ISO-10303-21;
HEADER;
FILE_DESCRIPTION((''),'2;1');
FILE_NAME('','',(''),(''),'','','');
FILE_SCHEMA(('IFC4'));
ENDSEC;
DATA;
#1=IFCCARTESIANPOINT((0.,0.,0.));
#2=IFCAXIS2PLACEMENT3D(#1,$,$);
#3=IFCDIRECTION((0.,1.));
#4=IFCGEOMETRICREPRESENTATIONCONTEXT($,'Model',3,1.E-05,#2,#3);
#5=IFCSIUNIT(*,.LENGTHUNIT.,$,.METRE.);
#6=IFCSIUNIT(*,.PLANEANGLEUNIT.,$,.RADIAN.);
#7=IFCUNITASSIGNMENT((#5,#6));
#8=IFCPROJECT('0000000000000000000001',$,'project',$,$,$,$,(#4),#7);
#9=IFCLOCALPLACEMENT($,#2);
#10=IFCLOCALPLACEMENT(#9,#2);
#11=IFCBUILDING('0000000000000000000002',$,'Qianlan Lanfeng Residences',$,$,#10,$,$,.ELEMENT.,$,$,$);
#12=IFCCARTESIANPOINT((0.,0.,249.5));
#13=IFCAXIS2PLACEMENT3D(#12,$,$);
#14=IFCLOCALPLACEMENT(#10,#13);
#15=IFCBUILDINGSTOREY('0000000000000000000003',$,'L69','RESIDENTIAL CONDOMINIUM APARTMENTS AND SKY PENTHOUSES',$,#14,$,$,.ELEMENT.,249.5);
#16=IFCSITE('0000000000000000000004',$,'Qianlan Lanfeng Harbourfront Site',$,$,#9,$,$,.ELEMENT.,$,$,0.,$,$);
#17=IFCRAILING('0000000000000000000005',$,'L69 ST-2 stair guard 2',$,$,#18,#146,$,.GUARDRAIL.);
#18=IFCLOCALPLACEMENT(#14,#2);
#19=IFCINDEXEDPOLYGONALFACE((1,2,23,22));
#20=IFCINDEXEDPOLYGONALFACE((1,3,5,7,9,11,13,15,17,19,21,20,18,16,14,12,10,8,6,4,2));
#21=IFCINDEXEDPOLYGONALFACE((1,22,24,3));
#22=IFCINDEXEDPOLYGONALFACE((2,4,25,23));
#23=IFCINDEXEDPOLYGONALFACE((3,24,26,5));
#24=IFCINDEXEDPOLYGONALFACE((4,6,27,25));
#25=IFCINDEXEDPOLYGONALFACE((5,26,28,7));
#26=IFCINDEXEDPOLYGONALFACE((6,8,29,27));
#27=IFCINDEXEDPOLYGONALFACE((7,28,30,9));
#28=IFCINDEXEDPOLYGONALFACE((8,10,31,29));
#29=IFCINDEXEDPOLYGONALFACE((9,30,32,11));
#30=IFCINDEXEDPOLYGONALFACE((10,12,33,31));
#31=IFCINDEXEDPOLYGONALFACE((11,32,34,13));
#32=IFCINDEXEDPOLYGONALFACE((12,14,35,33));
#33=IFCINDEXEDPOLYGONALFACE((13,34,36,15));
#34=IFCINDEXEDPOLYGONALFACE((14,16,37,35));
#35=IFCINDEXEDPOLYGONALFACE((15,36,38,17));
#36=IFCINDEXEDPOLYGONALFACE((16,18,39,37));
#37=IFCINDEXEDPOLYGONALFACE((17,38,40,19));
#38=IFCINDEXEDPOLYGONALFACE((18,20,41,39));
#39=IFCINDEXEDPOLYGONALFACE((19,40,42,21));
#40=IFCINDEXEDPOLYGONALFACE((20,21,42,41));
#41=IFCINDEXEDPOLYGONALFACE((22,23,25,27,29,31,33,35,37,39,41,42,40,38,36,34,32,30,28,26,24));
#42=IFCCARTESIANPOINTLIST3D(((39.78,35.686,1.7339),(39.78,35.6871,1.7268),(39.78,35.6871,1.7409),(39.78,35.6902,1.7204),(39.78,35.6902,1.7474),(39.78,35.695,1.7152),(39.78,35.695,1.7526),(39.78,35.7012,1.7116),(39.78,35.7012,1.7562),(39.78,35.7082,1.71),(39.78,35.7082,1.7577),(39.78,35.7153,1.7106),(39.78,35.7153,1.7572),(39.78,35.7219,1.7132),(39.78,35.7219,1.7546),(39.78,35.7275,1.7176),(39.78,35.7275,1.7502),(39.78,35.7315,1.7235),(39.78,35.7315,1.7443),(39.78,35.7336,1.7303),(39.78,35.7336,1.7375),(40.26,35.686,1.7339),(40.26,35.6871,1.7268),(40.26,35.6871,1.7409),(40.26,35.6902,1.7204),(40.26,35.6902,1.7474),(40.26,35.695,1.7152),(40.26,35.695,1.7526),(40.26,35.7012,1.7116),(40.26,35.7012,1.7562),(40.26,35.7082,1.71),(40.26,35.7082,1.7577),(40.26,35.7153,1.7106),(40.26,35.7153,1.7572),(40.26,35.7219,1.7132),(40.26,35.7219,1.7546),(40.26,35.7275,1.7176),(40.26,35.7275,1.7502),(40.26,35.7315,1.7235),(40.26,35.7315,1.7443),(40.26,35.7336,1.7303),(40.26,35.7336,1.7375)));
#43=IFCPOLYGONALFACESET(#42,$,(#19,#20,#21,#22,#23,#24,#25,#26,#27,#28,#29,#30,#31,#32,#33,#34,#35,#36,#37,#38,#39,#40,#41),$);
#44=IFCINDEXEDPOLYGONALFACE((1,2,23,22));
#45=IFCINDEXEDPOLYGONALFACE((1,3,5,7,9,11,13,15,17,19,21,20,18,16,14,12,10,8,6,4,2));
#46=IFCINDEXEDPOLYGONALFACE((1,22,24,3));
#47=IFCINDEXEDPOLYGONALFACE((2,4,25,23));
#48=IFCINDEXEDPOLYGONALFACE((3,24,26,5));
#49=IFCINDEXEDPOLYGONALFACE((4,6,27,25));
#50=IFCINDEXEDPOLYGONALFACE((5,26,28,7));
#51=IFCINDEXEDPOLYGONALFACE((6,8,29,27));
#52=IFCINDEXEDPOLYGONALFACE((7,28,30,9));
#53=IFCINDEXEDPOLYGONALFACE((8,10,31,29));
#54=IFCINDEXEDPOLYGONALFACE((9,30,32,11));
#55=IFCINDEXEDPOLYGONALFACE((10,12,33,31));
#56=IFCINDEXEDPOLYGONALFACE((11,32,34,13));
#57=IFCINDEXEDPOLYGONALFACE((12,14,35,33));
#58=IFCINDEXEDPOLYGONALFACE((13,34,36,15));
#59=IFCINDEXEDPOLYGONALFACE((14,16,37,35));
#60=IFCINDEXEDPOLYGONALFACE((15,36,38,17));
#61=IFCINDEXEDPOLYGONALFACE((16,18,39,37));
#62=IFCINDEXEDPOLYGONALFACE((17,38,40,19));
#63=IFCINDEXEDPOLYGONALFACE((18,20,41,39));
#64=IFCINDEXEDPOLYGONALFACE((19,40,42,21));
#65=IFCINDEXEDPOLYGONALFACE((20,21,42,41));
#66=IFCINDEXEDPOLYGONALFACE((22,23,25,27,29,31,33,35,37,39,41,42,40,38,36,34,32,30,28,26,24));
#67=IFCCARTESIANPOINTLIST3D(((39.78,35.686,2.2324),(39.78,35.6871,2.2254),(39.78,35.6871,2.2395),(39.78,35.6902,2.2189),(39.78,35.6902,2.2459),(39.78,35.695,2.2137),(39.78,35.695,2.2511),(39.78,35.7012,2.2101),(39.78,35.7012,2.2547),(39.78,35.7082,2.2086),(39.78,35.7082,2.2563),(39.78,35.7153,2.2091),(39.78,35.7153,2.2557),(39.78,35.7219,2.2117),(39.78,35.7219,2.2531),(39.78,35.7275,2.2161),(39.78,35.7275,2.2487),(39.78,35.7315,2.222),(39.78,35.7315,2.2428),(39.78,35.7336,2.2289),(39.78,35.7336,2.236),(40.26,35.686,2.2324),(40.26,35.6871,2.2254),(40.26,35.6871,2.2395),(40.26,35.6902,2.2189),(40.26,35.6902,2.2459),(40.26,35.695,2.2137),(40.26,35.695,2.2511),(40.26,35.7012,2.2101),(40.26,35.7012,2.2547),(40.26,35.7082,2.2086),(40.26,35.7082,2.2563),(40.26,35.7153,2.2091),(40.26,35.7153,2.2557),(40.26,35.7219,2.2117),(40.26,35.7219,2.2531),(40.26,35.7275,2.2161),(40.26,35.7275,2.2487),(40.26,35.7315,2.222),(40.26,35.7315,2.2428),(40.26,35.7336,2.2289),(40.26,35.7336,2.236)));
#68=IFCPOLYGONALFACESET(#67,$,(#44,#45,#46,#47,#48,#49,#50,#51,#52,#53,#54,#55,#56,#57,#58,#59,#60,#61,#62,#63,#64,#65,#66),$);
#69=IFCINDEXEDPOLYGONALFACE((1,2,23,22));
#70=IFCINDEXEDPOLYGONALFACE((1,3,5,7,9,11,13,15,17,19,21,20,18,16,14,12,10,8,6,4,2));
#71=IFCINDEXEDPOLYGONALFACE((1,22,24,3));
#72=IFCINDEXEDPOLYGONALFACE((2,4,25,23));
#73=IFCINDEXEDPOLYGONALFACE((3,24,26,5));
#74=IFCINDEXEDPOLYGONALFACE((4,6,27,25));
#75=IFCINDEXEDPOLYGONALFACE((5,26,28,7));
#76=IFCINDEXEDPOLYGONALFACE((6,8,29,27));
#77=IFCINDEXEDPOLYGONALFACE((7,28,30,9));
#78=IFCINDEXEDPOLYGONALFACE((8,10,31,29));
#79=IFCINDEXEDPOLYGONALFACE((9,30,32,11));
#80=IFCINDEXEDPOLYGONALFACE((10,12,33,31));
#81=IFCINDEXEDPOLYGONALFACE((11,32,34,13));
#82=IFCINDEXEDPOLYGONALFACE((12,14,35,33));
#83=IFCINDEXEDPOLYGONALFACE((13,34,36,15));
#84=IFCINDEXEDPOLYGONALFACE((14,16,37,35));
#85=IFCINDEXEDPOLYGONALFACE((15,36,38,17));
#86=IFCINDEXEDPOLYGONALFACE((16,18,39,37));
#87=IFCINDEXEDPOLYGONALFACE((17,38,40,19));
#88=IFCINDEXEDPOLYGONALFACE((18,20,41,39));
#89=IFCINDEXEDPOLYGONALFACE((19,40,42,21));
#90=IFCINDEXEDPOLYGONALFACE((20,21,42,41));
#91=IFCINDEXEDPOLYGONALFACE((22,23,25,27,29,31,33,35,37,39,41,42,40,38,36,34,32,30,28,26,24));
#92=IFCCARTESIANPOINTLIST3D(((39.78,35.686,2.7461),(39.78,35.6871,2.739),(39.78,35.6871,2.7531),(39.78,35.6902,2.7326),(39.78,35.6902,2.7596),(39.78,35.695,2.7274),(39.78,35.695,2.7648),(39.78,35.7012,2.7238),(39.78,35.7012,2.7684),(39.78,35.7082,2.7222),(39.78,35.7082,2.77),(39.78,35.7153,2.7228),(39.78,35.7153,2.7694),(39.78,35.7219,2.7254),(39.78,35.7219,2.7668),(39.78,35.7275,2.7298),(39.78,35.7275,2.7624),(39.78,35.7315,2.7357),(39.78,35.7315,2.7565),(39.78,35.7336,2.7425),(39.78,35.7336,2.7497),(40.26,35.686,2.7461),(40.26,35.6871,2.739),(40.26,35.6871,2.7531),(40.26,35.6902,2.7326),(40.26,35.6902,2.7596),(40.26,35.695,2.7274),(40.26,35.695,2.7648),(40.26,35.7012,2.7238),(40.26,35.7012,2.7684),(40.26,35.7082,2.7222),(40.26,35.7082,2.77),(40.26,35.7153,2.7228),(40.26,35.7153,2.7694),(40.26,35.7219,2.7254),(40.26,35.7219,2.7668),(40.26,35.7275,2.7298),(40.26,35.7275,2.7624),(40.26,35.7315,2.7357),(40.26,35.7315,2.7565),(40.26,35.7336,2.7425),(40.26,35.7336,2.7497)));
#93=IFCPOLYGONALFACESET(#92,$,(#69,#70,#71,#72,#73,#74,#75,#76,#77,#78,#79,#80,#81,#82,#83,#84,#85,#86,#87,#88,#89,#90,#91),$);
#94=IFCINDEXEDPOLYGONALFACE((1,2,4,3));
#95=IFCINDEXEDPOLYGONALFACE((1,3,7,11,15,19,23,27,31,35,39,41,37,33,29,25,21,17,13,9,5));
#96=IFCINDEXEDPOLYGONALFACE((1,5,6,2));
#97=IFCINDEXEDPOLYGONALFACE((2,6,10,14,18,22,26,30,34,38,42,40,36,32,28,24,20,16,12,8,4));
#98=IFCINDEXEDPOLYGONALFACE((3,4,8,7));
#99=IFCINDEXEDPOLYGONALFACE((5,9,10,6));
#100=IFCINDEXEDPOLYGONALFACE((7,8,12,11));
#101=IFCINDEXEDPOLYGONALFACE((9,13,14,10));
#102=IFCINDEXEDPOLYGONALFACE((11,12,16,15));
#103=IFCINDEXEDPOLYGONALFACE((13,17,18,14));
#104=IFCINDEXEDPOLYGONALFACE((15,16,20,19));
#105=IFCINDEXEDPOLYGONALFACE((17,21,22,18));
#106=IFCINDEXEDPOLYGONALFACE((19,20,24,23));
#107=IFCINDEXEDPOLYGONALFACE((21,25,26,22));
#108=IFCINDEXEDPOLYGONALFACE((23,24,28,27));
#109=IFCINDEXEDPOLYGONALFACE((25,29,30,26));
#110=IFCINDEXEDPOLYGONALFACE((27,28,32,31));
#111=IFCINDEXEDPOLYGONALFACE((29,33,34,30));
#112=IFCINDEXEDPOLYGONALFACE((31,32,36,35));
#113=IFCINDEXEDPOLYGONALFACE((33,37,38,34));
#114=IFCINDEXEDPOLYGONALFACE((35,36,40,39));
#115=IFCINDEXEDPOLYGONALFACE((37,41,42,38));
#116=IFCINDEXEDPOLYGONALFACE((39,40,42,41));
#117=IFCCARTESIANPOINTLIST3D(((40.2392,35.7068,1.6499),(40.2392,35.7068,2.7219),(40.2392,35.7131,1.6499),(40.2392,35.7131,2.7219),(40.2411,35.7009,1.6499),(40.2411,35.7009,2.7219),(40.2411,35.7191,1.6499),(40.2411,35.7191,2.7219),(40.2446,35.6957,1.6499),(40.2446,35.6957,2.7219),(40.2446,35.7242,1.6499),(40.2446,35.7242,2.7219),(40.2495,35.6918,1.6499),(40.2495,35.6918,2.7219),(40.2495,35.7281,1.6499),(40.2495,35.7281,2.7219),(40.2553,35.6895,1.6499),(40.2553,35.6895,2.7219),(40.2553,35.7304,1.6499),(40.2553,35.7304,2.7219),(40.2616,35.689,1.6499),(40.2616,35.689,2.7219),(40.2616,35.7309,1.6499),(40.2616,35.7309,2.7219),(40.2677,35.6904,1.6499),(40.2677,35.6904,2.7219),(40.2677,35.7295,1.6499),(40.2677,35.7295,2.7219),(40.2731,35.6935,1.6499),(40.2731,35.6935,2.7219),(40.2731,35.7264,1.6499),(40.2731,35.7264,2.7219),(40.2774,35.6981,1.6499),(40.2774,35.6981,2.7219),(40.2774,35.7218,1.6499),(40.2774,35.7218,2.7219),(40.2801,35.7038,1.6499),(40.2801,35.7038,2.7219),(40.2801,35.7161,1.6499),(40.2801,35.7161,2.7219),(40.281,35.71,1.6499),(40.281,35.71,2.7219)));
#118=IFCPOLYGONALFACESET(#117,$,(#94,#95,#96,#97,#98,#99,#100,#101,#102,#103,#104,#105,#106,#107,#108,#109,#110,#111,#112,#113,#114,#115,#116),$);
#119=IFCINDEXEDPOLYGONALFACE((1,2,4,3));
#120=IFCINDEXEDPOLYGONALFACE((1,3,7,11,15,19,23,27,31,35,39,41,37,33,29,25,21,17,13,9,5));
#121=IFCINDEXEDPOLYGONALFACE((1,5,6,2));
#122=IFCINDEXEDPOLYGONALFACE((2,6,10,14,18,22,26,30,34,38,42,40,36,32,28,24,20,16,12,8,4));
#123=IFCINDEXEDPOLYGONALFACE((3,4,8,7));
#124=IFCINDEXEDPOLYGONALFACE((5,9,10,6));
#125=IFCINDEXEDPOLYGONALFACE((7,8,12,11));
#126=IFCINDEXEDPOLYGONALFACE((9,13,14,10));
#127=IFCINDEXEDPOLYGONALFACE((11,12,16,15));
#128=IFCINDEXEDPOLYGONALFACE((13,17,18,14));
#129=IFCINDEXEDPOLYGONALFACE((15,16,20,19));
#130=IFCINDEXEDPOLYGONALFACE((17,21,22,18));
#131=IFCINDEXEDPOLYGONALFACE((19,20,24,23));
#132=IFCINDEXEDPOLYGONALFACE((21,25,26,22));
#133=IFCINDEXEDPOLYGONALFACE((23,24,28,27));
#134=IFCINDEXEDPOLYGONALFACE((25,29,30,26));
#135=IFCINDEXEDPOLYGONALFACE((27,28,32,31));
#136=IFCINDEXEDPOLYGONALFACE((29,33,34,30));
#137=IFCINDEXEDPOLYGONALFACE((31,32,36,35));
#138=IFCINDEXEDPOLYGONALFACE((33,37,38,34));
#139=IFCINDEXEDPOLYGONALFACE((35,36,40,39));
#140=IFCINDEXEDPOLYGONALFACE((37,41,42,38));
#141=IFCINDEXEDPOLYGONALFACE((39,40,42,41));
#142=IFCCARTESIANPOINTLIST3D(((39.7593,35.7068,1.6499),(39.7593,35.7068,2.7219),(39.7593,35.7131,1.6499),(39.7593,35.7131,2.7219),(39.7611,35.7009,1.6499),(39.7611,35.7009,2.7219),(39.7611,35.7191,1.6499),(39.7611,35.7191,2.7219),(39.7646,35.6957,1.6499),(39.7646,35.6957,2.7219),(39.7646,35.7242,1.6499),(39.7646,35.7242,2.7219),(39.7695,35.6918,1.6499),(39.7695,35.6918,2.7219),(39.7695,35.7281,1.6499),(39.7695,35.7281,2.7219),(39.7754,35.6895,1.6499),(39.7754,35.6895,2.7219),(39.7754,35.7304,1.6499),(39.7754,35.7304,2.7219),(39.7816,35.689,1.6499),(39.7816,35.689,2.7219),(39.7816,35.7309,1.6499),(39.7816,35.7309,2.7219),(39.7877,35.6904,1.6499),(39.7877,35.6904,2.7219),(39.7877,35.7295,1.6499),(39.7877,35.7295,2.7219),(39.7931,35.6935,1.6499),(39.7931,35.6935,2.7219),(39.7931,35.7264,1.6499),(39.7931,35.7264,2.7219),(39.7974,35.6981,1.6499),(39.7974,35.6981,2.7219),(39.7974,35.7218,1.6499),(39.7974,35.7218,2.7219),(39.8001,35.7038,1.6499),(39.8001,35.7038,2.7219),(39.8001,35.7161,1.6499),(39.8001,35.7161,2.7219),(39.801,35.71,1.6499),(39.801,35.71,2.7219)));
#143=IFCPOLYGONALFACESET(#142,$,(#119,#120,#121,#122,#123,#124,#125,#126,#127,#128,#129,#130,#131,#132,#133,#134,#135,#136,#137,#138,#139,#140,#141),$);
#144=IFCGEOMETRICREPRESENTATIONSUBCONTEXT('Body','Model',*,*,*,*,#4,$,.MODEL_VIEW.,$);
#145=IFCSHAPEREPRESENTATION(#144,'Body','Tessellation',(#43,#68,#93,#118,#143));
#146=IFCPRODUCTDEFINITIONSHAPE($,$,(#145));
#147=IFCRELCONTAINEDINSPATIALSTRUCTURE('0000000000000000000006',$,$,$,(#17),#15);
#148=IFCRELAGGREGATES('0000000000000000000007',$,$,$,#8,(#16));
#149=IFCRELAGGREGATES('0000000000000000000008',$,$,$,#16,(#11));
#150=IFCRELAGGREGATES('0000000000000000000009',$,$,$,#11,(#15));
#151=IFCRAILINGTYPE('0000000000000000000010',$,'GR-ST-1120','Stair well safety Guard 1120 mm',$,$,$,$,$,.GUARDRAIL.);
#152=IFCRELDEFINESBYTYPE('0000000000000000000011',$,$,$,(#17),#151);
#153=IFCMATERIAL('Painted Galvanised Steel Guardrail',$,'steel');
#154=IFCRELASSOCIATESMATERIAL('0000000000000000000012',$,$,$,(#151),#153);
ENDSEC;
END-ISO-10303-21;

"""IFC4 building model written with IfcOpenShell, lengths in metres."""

from ifc_helpers import new_model, si_unit, direction, frame, origin, origin_2d, place, context, subcontext, project, spatial, circle, extrude, material, type_object, element, save


model = new_model("IFC4")

# Units and contexts
model_context = context("Model", 3, precision=1e-05, world=origin(), true_north=direction((0.0, 1.0)))
body_context = subcontext(model_context, "Body", "Model", "MODEL_VIEW")
ifc_project = project(units=[si_unit("LENGTHUNIT", "METRE"), si_unit("PLANEANGLEUNIT", "RADIAN")], contexts=[model_context])

# Site, building, storey
site_placement = place(None, origin())
site = spatial("IfcSite", under=ifc_project, at=site_placement, Name="Qianlan Lanfeng Harbourfront Site", CompositionType="ELEMENT", RefElevation=0.0)
building_placement = place(site_placement, origin())
building = spatial("IfcBuilding", under=site, at=building_placement, Name="Qianlan Lanfeng Residences", CompositionType="ELEMENT")
storey_placement = place(building_placement, frame((0.0, 0.0, 249.5)))
storey = spatial("IfcBuildingStorey", under=building, at=storey_placement, Name="L69", Description="RESIDENTIAL CONDOMINIUM APARTMENTS AND SKY PENTHOUSES", CompositionType="ELEMENT", Elevation=249.5)

# Railing
ifc_material_1 = material(Name="Painted Galvanised Steel Guardrail", Category="steel")
railing_type_1 = type_object("IfcRailingType", Name="GR-ST-1120", Description="Stair well safety Guard 1120 mm", PredefinedType="GUARDRAIL", material=ifc_material_1)
railing_1_placement = place(storey_placement, frame((40.26, 35.71, 1.6499)))
element("IfcRailing", 1, at=railing_1_placement, inside=storey, type_object=railing_type_1, Name="L69 ST-2 stair guard 2", PredefinedType="GUARDRAIL", context=body_context, shape_type="SweptSolid", body=[
    extrude(circle(Radius=0.0239, at=origin_2d()), frame((0.0, 0.0, 0.084), z_axis=(-1.0, 0.0, 0.0), x_axis=(0.0, -1.0, 0.0)), (0.0, 0.0, 1.0), 0.48),
    extrude(circle(Radius=0.0239, at=origin_2d()), frame((0.0, 0.0, 0.5825), z_axis=(-1.0, 0.0, 0.0), x_axis=(0.0, -1.0, 0.0)), (0.0, 0.0, 1.0), 0.48),
    extrude(circle(Radius=0.0239, at=origin_2d()), frame((0.0, 0.0, 1.0962), z_axis=(-1.0, 0.0, 0.0), x_axis=(0.0, -1.0, 0.0)), (0.0, 0.0, 1.0), 0.48),
    extrude(circle(Radius=0.021, at=origin_2d()), origin(), (0.0, 0.0, 1.0), 1.072),
    extrude(circle(Radius=0.021, at=origin_2d()), frame((-0.48, 0.0, 0.0)), (0.0, 0.0, 1.0), 1.072),
])

save(model, "model.ifc")
